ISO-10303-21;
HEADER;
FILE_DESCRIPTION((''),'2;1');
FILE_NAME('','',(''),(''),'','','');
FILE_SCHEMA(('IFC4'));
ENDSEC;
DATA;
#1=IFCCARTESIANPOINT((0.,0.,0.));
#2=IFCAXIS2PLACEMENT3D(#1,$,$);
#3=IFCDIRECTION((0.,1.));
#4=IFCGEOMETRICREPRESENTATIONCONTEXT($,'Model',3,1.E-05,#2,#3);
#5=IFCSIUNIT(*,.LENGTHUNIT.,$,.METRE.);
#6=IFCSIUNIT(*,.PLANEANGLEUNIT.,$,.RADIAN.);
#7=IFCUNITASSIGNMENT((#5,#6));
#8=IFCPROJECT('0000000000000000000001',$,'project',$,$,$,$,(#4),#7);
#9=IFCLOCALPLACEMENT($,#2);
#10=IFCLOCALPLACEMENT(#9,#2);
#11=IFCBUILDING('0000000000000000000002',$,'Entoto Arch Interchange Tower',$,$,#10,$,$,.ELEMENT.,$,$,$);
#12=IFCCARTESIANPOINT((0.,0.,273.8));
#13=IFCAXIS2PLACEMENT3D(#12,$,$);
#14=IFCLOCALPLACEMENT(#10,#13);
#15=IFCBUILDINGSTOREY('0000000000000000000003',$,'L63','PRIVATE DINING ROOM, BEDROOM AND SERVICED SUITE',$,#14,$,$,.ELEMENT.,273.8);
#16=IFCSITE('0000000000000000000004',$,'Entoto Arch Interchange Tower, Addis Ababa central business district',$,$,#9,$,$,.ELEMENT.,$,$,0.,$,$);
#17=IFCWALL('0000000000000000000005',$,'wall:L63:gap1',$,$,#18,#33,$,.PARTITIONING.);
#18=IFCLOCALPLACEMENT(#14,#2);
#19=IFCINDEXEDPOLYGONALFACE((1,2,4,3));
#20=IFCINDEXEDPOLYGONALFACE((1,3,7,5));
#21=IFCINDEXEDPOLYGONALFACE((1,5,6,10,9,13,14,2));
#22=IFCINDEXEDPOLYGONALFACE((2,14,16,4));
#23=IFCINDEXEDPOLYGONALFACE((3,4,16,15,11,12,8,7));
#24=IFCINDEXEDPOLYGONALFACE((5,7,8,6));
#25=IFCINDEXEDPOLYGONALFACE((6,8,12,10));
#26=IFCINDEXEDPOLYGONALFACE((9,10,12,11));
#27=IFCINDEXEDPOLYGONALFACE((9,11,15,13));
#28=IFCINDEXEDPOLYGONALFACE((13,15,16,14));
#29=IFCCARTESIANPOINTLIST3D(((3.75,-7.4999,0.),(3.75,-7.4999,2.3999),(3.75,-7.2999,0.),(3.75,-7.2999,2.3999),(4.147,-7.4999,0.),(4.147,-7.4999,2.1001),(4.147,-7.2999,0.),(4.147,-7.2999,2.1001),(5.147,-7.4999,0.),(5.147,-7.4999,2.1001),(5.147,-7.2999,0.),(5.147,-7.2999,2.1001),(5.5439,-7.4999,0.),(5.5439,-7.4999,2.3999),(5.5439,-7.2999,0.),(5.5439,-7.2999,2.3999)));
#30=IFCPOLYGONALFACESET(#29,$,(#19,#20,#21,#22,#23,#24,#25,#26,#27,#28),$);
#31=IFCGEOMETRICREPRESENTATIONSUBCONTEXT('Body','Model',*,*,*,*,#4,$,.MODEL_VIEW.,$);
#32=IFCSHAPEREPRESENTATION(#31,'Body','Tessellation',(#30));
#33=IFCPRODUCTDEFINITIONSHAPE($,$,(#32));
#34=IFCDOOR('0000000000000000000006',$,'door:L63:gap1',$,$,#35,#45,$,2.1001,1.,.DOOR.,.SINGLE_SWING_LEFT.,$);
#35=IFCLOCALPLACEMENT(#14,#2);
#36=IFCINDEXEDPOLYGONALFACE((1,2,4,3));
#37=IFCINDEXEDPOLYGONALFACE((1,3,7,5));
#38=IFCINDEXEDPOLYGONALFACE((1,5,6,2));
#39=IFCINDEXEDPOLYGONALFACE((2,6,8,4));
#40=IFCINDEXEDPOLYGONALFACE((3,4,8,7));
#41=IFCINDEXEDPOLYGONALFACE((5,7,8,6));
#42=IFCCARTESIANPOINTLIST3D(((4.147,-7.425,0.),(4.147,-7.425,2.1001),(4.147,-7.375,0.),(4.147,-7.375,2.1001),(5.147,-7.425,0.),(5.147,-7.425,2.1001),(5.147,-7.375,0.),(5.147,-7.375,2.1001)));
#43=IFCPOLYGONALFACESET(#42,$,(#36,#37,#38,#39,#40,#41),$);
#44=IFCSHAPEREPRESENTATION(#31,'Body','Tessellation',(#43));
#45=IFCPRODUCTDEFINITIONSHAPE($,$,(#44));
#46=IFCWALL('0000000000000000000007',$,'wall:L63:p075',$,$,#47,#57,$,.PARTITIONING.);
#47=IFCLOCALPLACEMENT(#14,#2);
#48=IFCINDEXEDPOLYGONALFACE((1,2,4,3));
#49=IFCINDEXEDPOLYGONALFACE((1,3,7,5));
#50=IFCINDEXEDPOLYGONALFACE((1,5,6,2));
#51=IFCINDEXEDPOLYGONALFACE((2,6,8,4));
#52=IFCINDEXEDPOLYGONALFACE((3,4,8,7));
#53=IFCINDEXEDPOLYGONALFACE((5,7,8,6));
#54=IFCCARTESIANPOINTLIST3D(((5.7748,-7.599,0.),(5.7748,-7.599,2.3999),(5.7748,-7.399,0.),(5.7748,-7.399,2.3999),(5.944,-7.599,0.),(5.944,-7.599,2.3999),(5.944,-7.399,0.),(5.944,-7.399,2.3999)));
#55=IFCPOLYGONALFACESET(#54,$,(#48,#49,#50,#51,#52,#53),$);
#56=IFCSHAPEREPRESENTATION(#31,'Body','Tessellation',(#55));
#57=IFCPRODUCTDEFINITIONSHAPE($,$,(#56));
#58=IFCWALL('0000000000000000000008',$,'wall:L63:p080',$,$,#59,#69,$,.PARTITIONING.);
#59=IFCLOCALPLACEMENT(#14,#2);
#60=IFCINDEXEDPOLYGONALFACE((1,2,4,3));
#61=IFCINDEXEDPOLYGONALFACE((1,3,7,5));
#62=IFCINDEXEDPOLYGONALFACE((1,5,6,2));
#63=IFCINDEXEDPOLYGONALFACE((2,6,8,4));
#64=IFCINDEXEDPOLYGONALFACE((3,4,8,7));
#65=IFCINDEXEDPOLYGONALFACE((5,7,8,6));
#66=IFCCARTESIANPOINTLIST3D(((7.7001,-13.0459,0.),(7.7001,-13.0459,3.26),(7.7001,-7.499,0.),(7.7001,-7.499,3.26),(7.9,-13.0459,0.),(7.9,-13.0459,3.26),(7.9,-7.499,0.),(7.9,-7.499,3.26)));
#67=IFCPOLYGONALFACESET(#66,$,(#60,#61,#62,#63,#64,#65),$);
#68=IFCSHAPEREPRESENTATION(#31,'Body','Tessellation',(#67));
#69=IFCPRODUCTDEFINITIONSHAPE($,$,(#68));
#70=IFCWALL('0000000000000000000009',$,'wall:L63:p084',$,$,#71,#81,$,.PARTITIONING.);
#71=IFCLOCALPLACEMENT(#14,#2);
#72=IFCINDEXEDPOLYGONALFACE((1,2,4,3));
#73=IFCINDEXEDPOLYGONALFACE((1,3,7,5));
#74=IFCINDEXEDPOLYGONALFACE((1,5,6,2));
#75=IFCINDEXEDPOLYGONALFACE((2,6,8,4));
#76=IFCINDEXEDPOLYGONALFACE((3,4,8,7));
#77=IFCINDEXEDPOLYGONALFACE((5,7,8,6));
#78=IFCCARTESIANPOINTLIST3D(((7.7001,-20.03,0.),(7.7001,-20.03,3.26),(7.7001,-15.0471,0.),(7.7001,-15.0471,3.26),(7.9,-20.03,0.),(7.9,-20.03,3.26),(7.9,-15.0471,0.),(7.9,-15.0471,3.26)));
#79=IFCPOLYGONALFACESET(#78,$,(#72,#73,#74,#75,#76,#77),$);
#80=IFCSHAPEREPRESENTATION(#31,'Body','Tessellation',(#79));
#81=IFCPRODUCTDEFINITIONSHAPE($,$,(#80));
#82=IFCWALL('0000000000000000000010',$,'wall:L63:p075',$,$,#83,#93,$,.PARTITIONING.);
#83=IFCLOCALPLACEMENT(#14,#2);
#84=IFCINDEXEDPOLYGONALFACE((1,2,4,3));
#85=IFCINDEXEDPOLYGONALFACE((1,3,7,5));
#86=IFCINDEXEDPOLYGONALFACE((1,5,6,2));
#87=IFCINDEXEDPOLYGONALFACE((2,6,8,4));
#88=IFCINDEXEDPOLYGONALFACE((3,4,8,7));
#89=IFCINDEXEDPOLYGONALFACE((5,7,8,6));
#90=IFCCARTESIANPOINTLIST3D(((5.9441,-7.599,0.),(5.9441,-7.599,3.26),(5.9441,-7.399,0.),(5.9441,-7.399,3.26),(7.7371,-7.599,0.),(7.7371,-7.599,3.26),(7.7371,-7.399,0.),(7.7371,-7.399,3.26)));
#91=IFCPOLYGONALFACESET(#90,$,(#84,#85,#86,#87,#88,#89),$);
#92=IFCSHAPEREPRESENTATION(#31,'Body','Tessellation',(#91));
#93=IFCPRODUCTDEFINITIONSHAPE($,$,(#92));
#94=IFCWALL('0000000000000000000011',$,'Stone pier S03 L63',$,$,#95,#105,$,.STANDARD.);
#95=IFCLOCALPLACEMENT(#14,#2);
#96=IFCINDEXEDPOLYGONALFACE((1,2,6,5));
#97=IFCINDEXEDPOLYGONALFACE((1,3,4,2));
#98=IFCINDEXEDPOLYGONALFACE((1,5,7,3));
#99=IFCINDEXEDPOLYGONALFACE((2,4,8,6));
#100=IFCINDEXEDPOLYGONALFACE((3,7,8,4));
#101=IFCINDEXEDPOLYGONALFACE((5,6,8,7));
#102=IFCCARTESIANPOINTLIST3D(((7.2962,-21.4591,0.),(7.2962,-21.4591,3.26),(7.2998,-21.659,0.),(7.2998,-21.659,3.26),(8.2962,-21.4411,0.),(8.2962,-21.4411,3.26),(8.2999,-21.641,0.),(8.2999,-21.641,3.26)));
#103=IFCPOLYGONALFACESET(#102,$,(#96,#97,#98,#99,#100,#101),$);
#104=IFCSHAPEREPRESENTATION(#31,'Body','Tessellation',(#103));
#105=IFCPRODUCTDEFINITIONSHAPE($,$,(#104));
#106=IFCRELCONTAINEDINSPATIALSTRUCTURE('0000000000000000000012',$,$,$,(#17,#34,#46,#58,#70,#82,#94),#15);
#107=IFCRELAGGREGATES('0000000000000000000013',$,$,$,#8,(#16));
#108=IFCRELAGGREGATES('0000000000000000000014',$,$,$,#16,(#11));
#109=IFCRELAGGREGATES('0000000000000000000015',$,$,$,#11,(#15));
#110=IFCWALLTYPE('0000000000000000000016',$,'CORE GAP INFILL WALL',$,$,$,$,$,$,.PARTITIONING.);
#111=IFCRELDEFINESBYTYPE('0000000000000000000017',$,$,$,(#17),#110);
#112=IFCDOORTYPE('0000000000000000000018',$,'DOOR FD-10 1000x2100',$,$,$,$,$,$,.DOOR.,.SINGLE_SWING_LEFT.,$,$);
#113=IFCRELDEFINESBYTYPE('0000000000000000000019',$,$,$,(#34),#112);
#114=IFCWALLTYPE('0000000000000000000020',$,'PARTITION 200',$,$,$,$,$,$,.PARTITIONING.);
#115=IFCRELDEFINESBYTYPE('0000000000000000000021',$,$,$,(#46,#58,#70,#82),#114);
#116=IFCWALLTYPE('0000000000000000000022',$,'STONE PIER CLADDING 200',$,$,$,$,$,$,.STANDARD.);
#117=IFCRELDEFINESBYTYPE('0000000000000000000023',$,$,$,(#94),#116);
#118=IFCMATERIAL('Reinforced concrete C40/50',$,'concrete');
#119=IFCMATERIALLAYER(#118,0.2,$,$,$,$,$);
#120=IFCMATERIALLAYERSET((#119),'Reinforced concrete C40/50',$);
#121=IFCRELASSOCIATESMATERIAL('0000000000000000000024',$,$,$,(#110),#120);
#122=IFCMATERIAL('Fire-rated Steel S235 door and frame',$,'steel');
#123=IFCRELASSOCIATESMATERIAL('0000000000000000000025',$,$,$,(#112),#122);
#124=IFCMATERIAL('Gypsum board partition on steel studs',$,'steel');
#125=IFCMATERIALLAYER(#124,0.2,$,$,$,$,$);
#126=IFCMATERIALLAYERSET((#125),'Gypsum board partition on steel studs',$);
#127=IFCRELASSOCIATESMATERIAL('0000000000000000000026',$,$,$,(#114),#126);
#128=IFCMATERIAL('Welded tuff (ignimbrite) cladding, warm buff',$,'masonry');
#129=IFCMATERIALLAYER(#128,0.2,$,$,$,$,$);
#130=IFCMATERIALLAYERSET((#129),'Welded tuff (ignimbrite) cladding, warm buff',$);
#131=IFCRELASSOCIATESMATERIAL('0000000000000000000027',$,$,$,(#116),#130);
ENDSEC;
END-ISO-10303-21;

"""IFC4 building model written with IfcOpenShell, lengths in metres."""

from ifc_helpers import new_model, si_unit, direction, frame, frame_2d, origin, place, context, subcontext, project, spatial, rectangle, extrude, material, layer, layer_set, type_object, element, fill, save


model = new_model("IFC4")

# Units and contexts
model_context = context("Model", 3, precision=1e-05, world=origin(), true_north=direction((0.0, 1.0)))
body_context = subcontext(model_context, "Body", "Model", "MODEL_VIEW")
ifc_project = project(units=[si_unit("LENGTHUNIT", "METRE"), si_unit("PLANEANGLEUNIT", "RADIAN")], contexts=[model_context])

# Site, building, storey
site_placement = place(None, origin())
site = spatial("IfcSite", under=ifc_project, at=site_placement, Name="Entoto Arch Interchange Tower, Addis Ababa central business district", CompositionType="ELEMENT", RefElevation=0.0)
building_placement = place(site_placement, origin())
building = spatial("IfcBuilding", under=site, at=building_placement, Name="Entoto Arch Interchange Tower", CompositionType="ELEMENT")
storey_placement = place(building_placement, frame((0.0, 0.0, 273.8)))
storey = spatial("IfcBuildingStorey", under=building, at=storey_placement, Name="L63", Description="PRIVATE DINING ROOM, BEDROOM AND SERVICED SUITE", CompositionType="ELEMENT", Elevation=273.8)

# Wall, opening, door
ifc_material_1 = material(Name="Reinforced concrete C40/50", Category="concrete")
ifc_layer_1 = layer(ifc_material_1, 0.2)
ifc_layer_set_1 = layer_set([ifc_layer_1], Name="Reinforced concrete C40/50")
wall_type_1 = type_object("IfcWallType", Name="CORE GAP INFILL WALL", PredefinedType="PARTITIONING", material=ifc_layer_set_1)
wall_1_placement = place(storey_placement, frame((3.75, -7.3999, 0.0), z_axis=(0.0, 0.0, 1.0), x_axis=(1.0, 0.0, 0.0)))
wall_1 = element("IfcWall", 1, at=wall_1_placement, inside=storey, type_object=wall_type_1, Name="wall:L63:gap1", PredefinedType="PARTITIONING", context=body_context, shape_type="SweptSolid", body=[
    extrude(rectangle(XDim=1.7939, YDim=0.2, at=frame_2d((0.897, 0.0))), origin(), (0.0, 0.0, 1.0), 2.3999),
])
opening_placement = place(wall_1_placement, frame((0.397, 0.0, 0.0)))
opening = element("IfcOpeningElement", 2, at=opening_placement, cuts=wall_1, PredefinedType="OPENING", context=body_context, shape_type="SweptSolid", body=[
    extrude(rectangle(XDim=1.0, YDim=2.1001, at=frame_2d((0.5, 1.05))), frame((0.0, 0.1099, 0.0), z_axis=(0.0, -1.0, 0.0), x_axis=(1.0, 0.0, 0.0)), (0.0, 0.0, 1.0), 0.22),
])
ifc_material_2 = material(Name="Fire-rated Steel S235 door and frame", Category="steel")
door_type = type_object("IfcDoorType", Name="DOOR FD-10 1000x2100", OperationType="SINGLE_SWING_LEFT", PredefinedType="DOOR", material=ifc_material_2)
door_placement = place(opening_placement, origin())
door = element("IfcDoor", 3, at=door_placement, inside=storey, type_object=door_type, Name="door:L63:gap1", OperationType="SINGLE_SWING_LEFT", OverallHeight=2.1001, OverallWidth=1.0, PredefinedType="DOOR", context=body_context, shape_type="SweptSolid", body=[
    extrude(rectangle(XDim=1.0, YDim=2.1001, at=frame_2d((0.5, 1.05))), frame((0.0, 0.0249, 0.0), z_axis=(0.0, -1.0, 0.0), x_axis=(1.0, 0.0, 0.0)), (0.0, 0.0, 1.0), 0.05),
])
fill(opening, door)

# Walls
ifc_material_3 = material(Name="Gypsum board partition on steel studs", Category="steel")
ifc_layer_2 = layer(ifc_material_3, 0.2)
ifc_layer_set_2 = layer_set([ifc_layer_2], Name="Gypsum board partition on steel studs")
wall_type_2 = type_object("IfcWallType", Name="PARTITION 200", PredefinedType="PARTITIONING", material=ifc_layer_set_2)
wall_2_placement = place(storey_placement, frame((5.7749, -7.499, 0.0), z_axis=(0.0, 0.0, 1.0), x_axis=(1.0, 0.0, 0.0)))
element("IfcWall", 4, at=wall_2_placement, inside=storey, type_object=wall_type_2, Name="wall:L63:p075", PredefinedType="PARTITIONING", context=body_context, shape_type="SweptSolid", body=[
    extrude(rectangle(XDim=0.1692, YDim=0.2, at=frame_2d((0.0845, 0.0))), origin(), (0.0, 0.0, 1.0), 2.3999),
])
wall_3_placement = place(storey_placement, frame((7.8, -7.499, 0.0), z_axis=(0.0, 0.0, 1.0), x_axis=(0.0, -1.0, 0.0)))
element("IfcWall", 5, at=wall_3_placement, inside=storey, type_object=wall_type_2, Name="wall:L63:p080", PredefinedType="PARTITIONING", context=body_context, shape_type="SweptSolid", body=[
    extrude(rectangle(XDim=5.5469, YDim=0.2, at=frame_2d((2.7734, 0.0))), origin(), (0.0, 0.0, 1.0), 3.26),
])
wall_4_placement = place(storey_placement, frame((7.8, -15.0471, 0.0), z_axis=(0.0, 0.0, 1.0), x_axis=(0.0, -1.0, 0.0)))
element("IfcWall", 6, at=wall_4_placement, inside=storey, type_object=wall_type_2, Name="wall:L63:p084", PredefinedType="PARTITIONING", context=body_context, shape_type="SweptSolid", body=[
    extrude(rectangle(XDim=4.9829, YDim=0.2, at=frame_2d((2.4915, 0.0))), origin(), (0.0, 0.0, 1.0), 3.26),
])
wall_5_placement = place(storey_placement, frame((5.9441, -7.499, 0.0), z_axis=(0.0, 0.0, 1.0), x_axis=(1.0, 0.0, 0.0)))
element("IfcWall", 7, at=wall_5_placement, inside=storey, type_object=wall_type_2, Name="wall:L63:p075", PredefinedType="PARTITIONING", context=body_context, shape_type="SweptSolid", body=[
    extrude(rectangle(XDim=1.793, YDim=0.2, at=frame_2d((0.8965, 0.0))), origin(), (0.0, 0.0, 1.0), 3.26),
])
ifc_material_4 = material(Name="Welded tuff (ignimbrite) cladding, warm buff", Category="masonry")
ifc_layer_3 = layer(ifc_material_4, 0.2)
ifc_layer_set_3 = layer_set([ifc_layer_3], Name="Welded tuff (ignimbrite) cladding, warm buff")
wall_type_3 = type_object("IfcWallType", Name="STONE PIER CLADDING 200", PredefinedType="STANDARD", material=ifc_layer_set_3)
wall_6_placement = place(storey_placement, frame((7.2981, -21.5591, 0.0), z_axis=(0.0, 0.0, 1.0), x_axis=(0.999837, 0.018063, 0.0)))
element("IfcWall", 8, at=wall_6_placement, inside=storey, type_object=wall_type_3, Name="Stone pier S03 L63", PredefinedType="STANDARD", context=body_context, shape_type="SweptSolid", body=[
    extrude(rectangle(XDim=1.0002, YDim=0.2, at=frame_2d((0.5, 0.0))), origin(), (0.0, 0.0, 1.0), 3.26),
])

save(model, "model.ifc")
